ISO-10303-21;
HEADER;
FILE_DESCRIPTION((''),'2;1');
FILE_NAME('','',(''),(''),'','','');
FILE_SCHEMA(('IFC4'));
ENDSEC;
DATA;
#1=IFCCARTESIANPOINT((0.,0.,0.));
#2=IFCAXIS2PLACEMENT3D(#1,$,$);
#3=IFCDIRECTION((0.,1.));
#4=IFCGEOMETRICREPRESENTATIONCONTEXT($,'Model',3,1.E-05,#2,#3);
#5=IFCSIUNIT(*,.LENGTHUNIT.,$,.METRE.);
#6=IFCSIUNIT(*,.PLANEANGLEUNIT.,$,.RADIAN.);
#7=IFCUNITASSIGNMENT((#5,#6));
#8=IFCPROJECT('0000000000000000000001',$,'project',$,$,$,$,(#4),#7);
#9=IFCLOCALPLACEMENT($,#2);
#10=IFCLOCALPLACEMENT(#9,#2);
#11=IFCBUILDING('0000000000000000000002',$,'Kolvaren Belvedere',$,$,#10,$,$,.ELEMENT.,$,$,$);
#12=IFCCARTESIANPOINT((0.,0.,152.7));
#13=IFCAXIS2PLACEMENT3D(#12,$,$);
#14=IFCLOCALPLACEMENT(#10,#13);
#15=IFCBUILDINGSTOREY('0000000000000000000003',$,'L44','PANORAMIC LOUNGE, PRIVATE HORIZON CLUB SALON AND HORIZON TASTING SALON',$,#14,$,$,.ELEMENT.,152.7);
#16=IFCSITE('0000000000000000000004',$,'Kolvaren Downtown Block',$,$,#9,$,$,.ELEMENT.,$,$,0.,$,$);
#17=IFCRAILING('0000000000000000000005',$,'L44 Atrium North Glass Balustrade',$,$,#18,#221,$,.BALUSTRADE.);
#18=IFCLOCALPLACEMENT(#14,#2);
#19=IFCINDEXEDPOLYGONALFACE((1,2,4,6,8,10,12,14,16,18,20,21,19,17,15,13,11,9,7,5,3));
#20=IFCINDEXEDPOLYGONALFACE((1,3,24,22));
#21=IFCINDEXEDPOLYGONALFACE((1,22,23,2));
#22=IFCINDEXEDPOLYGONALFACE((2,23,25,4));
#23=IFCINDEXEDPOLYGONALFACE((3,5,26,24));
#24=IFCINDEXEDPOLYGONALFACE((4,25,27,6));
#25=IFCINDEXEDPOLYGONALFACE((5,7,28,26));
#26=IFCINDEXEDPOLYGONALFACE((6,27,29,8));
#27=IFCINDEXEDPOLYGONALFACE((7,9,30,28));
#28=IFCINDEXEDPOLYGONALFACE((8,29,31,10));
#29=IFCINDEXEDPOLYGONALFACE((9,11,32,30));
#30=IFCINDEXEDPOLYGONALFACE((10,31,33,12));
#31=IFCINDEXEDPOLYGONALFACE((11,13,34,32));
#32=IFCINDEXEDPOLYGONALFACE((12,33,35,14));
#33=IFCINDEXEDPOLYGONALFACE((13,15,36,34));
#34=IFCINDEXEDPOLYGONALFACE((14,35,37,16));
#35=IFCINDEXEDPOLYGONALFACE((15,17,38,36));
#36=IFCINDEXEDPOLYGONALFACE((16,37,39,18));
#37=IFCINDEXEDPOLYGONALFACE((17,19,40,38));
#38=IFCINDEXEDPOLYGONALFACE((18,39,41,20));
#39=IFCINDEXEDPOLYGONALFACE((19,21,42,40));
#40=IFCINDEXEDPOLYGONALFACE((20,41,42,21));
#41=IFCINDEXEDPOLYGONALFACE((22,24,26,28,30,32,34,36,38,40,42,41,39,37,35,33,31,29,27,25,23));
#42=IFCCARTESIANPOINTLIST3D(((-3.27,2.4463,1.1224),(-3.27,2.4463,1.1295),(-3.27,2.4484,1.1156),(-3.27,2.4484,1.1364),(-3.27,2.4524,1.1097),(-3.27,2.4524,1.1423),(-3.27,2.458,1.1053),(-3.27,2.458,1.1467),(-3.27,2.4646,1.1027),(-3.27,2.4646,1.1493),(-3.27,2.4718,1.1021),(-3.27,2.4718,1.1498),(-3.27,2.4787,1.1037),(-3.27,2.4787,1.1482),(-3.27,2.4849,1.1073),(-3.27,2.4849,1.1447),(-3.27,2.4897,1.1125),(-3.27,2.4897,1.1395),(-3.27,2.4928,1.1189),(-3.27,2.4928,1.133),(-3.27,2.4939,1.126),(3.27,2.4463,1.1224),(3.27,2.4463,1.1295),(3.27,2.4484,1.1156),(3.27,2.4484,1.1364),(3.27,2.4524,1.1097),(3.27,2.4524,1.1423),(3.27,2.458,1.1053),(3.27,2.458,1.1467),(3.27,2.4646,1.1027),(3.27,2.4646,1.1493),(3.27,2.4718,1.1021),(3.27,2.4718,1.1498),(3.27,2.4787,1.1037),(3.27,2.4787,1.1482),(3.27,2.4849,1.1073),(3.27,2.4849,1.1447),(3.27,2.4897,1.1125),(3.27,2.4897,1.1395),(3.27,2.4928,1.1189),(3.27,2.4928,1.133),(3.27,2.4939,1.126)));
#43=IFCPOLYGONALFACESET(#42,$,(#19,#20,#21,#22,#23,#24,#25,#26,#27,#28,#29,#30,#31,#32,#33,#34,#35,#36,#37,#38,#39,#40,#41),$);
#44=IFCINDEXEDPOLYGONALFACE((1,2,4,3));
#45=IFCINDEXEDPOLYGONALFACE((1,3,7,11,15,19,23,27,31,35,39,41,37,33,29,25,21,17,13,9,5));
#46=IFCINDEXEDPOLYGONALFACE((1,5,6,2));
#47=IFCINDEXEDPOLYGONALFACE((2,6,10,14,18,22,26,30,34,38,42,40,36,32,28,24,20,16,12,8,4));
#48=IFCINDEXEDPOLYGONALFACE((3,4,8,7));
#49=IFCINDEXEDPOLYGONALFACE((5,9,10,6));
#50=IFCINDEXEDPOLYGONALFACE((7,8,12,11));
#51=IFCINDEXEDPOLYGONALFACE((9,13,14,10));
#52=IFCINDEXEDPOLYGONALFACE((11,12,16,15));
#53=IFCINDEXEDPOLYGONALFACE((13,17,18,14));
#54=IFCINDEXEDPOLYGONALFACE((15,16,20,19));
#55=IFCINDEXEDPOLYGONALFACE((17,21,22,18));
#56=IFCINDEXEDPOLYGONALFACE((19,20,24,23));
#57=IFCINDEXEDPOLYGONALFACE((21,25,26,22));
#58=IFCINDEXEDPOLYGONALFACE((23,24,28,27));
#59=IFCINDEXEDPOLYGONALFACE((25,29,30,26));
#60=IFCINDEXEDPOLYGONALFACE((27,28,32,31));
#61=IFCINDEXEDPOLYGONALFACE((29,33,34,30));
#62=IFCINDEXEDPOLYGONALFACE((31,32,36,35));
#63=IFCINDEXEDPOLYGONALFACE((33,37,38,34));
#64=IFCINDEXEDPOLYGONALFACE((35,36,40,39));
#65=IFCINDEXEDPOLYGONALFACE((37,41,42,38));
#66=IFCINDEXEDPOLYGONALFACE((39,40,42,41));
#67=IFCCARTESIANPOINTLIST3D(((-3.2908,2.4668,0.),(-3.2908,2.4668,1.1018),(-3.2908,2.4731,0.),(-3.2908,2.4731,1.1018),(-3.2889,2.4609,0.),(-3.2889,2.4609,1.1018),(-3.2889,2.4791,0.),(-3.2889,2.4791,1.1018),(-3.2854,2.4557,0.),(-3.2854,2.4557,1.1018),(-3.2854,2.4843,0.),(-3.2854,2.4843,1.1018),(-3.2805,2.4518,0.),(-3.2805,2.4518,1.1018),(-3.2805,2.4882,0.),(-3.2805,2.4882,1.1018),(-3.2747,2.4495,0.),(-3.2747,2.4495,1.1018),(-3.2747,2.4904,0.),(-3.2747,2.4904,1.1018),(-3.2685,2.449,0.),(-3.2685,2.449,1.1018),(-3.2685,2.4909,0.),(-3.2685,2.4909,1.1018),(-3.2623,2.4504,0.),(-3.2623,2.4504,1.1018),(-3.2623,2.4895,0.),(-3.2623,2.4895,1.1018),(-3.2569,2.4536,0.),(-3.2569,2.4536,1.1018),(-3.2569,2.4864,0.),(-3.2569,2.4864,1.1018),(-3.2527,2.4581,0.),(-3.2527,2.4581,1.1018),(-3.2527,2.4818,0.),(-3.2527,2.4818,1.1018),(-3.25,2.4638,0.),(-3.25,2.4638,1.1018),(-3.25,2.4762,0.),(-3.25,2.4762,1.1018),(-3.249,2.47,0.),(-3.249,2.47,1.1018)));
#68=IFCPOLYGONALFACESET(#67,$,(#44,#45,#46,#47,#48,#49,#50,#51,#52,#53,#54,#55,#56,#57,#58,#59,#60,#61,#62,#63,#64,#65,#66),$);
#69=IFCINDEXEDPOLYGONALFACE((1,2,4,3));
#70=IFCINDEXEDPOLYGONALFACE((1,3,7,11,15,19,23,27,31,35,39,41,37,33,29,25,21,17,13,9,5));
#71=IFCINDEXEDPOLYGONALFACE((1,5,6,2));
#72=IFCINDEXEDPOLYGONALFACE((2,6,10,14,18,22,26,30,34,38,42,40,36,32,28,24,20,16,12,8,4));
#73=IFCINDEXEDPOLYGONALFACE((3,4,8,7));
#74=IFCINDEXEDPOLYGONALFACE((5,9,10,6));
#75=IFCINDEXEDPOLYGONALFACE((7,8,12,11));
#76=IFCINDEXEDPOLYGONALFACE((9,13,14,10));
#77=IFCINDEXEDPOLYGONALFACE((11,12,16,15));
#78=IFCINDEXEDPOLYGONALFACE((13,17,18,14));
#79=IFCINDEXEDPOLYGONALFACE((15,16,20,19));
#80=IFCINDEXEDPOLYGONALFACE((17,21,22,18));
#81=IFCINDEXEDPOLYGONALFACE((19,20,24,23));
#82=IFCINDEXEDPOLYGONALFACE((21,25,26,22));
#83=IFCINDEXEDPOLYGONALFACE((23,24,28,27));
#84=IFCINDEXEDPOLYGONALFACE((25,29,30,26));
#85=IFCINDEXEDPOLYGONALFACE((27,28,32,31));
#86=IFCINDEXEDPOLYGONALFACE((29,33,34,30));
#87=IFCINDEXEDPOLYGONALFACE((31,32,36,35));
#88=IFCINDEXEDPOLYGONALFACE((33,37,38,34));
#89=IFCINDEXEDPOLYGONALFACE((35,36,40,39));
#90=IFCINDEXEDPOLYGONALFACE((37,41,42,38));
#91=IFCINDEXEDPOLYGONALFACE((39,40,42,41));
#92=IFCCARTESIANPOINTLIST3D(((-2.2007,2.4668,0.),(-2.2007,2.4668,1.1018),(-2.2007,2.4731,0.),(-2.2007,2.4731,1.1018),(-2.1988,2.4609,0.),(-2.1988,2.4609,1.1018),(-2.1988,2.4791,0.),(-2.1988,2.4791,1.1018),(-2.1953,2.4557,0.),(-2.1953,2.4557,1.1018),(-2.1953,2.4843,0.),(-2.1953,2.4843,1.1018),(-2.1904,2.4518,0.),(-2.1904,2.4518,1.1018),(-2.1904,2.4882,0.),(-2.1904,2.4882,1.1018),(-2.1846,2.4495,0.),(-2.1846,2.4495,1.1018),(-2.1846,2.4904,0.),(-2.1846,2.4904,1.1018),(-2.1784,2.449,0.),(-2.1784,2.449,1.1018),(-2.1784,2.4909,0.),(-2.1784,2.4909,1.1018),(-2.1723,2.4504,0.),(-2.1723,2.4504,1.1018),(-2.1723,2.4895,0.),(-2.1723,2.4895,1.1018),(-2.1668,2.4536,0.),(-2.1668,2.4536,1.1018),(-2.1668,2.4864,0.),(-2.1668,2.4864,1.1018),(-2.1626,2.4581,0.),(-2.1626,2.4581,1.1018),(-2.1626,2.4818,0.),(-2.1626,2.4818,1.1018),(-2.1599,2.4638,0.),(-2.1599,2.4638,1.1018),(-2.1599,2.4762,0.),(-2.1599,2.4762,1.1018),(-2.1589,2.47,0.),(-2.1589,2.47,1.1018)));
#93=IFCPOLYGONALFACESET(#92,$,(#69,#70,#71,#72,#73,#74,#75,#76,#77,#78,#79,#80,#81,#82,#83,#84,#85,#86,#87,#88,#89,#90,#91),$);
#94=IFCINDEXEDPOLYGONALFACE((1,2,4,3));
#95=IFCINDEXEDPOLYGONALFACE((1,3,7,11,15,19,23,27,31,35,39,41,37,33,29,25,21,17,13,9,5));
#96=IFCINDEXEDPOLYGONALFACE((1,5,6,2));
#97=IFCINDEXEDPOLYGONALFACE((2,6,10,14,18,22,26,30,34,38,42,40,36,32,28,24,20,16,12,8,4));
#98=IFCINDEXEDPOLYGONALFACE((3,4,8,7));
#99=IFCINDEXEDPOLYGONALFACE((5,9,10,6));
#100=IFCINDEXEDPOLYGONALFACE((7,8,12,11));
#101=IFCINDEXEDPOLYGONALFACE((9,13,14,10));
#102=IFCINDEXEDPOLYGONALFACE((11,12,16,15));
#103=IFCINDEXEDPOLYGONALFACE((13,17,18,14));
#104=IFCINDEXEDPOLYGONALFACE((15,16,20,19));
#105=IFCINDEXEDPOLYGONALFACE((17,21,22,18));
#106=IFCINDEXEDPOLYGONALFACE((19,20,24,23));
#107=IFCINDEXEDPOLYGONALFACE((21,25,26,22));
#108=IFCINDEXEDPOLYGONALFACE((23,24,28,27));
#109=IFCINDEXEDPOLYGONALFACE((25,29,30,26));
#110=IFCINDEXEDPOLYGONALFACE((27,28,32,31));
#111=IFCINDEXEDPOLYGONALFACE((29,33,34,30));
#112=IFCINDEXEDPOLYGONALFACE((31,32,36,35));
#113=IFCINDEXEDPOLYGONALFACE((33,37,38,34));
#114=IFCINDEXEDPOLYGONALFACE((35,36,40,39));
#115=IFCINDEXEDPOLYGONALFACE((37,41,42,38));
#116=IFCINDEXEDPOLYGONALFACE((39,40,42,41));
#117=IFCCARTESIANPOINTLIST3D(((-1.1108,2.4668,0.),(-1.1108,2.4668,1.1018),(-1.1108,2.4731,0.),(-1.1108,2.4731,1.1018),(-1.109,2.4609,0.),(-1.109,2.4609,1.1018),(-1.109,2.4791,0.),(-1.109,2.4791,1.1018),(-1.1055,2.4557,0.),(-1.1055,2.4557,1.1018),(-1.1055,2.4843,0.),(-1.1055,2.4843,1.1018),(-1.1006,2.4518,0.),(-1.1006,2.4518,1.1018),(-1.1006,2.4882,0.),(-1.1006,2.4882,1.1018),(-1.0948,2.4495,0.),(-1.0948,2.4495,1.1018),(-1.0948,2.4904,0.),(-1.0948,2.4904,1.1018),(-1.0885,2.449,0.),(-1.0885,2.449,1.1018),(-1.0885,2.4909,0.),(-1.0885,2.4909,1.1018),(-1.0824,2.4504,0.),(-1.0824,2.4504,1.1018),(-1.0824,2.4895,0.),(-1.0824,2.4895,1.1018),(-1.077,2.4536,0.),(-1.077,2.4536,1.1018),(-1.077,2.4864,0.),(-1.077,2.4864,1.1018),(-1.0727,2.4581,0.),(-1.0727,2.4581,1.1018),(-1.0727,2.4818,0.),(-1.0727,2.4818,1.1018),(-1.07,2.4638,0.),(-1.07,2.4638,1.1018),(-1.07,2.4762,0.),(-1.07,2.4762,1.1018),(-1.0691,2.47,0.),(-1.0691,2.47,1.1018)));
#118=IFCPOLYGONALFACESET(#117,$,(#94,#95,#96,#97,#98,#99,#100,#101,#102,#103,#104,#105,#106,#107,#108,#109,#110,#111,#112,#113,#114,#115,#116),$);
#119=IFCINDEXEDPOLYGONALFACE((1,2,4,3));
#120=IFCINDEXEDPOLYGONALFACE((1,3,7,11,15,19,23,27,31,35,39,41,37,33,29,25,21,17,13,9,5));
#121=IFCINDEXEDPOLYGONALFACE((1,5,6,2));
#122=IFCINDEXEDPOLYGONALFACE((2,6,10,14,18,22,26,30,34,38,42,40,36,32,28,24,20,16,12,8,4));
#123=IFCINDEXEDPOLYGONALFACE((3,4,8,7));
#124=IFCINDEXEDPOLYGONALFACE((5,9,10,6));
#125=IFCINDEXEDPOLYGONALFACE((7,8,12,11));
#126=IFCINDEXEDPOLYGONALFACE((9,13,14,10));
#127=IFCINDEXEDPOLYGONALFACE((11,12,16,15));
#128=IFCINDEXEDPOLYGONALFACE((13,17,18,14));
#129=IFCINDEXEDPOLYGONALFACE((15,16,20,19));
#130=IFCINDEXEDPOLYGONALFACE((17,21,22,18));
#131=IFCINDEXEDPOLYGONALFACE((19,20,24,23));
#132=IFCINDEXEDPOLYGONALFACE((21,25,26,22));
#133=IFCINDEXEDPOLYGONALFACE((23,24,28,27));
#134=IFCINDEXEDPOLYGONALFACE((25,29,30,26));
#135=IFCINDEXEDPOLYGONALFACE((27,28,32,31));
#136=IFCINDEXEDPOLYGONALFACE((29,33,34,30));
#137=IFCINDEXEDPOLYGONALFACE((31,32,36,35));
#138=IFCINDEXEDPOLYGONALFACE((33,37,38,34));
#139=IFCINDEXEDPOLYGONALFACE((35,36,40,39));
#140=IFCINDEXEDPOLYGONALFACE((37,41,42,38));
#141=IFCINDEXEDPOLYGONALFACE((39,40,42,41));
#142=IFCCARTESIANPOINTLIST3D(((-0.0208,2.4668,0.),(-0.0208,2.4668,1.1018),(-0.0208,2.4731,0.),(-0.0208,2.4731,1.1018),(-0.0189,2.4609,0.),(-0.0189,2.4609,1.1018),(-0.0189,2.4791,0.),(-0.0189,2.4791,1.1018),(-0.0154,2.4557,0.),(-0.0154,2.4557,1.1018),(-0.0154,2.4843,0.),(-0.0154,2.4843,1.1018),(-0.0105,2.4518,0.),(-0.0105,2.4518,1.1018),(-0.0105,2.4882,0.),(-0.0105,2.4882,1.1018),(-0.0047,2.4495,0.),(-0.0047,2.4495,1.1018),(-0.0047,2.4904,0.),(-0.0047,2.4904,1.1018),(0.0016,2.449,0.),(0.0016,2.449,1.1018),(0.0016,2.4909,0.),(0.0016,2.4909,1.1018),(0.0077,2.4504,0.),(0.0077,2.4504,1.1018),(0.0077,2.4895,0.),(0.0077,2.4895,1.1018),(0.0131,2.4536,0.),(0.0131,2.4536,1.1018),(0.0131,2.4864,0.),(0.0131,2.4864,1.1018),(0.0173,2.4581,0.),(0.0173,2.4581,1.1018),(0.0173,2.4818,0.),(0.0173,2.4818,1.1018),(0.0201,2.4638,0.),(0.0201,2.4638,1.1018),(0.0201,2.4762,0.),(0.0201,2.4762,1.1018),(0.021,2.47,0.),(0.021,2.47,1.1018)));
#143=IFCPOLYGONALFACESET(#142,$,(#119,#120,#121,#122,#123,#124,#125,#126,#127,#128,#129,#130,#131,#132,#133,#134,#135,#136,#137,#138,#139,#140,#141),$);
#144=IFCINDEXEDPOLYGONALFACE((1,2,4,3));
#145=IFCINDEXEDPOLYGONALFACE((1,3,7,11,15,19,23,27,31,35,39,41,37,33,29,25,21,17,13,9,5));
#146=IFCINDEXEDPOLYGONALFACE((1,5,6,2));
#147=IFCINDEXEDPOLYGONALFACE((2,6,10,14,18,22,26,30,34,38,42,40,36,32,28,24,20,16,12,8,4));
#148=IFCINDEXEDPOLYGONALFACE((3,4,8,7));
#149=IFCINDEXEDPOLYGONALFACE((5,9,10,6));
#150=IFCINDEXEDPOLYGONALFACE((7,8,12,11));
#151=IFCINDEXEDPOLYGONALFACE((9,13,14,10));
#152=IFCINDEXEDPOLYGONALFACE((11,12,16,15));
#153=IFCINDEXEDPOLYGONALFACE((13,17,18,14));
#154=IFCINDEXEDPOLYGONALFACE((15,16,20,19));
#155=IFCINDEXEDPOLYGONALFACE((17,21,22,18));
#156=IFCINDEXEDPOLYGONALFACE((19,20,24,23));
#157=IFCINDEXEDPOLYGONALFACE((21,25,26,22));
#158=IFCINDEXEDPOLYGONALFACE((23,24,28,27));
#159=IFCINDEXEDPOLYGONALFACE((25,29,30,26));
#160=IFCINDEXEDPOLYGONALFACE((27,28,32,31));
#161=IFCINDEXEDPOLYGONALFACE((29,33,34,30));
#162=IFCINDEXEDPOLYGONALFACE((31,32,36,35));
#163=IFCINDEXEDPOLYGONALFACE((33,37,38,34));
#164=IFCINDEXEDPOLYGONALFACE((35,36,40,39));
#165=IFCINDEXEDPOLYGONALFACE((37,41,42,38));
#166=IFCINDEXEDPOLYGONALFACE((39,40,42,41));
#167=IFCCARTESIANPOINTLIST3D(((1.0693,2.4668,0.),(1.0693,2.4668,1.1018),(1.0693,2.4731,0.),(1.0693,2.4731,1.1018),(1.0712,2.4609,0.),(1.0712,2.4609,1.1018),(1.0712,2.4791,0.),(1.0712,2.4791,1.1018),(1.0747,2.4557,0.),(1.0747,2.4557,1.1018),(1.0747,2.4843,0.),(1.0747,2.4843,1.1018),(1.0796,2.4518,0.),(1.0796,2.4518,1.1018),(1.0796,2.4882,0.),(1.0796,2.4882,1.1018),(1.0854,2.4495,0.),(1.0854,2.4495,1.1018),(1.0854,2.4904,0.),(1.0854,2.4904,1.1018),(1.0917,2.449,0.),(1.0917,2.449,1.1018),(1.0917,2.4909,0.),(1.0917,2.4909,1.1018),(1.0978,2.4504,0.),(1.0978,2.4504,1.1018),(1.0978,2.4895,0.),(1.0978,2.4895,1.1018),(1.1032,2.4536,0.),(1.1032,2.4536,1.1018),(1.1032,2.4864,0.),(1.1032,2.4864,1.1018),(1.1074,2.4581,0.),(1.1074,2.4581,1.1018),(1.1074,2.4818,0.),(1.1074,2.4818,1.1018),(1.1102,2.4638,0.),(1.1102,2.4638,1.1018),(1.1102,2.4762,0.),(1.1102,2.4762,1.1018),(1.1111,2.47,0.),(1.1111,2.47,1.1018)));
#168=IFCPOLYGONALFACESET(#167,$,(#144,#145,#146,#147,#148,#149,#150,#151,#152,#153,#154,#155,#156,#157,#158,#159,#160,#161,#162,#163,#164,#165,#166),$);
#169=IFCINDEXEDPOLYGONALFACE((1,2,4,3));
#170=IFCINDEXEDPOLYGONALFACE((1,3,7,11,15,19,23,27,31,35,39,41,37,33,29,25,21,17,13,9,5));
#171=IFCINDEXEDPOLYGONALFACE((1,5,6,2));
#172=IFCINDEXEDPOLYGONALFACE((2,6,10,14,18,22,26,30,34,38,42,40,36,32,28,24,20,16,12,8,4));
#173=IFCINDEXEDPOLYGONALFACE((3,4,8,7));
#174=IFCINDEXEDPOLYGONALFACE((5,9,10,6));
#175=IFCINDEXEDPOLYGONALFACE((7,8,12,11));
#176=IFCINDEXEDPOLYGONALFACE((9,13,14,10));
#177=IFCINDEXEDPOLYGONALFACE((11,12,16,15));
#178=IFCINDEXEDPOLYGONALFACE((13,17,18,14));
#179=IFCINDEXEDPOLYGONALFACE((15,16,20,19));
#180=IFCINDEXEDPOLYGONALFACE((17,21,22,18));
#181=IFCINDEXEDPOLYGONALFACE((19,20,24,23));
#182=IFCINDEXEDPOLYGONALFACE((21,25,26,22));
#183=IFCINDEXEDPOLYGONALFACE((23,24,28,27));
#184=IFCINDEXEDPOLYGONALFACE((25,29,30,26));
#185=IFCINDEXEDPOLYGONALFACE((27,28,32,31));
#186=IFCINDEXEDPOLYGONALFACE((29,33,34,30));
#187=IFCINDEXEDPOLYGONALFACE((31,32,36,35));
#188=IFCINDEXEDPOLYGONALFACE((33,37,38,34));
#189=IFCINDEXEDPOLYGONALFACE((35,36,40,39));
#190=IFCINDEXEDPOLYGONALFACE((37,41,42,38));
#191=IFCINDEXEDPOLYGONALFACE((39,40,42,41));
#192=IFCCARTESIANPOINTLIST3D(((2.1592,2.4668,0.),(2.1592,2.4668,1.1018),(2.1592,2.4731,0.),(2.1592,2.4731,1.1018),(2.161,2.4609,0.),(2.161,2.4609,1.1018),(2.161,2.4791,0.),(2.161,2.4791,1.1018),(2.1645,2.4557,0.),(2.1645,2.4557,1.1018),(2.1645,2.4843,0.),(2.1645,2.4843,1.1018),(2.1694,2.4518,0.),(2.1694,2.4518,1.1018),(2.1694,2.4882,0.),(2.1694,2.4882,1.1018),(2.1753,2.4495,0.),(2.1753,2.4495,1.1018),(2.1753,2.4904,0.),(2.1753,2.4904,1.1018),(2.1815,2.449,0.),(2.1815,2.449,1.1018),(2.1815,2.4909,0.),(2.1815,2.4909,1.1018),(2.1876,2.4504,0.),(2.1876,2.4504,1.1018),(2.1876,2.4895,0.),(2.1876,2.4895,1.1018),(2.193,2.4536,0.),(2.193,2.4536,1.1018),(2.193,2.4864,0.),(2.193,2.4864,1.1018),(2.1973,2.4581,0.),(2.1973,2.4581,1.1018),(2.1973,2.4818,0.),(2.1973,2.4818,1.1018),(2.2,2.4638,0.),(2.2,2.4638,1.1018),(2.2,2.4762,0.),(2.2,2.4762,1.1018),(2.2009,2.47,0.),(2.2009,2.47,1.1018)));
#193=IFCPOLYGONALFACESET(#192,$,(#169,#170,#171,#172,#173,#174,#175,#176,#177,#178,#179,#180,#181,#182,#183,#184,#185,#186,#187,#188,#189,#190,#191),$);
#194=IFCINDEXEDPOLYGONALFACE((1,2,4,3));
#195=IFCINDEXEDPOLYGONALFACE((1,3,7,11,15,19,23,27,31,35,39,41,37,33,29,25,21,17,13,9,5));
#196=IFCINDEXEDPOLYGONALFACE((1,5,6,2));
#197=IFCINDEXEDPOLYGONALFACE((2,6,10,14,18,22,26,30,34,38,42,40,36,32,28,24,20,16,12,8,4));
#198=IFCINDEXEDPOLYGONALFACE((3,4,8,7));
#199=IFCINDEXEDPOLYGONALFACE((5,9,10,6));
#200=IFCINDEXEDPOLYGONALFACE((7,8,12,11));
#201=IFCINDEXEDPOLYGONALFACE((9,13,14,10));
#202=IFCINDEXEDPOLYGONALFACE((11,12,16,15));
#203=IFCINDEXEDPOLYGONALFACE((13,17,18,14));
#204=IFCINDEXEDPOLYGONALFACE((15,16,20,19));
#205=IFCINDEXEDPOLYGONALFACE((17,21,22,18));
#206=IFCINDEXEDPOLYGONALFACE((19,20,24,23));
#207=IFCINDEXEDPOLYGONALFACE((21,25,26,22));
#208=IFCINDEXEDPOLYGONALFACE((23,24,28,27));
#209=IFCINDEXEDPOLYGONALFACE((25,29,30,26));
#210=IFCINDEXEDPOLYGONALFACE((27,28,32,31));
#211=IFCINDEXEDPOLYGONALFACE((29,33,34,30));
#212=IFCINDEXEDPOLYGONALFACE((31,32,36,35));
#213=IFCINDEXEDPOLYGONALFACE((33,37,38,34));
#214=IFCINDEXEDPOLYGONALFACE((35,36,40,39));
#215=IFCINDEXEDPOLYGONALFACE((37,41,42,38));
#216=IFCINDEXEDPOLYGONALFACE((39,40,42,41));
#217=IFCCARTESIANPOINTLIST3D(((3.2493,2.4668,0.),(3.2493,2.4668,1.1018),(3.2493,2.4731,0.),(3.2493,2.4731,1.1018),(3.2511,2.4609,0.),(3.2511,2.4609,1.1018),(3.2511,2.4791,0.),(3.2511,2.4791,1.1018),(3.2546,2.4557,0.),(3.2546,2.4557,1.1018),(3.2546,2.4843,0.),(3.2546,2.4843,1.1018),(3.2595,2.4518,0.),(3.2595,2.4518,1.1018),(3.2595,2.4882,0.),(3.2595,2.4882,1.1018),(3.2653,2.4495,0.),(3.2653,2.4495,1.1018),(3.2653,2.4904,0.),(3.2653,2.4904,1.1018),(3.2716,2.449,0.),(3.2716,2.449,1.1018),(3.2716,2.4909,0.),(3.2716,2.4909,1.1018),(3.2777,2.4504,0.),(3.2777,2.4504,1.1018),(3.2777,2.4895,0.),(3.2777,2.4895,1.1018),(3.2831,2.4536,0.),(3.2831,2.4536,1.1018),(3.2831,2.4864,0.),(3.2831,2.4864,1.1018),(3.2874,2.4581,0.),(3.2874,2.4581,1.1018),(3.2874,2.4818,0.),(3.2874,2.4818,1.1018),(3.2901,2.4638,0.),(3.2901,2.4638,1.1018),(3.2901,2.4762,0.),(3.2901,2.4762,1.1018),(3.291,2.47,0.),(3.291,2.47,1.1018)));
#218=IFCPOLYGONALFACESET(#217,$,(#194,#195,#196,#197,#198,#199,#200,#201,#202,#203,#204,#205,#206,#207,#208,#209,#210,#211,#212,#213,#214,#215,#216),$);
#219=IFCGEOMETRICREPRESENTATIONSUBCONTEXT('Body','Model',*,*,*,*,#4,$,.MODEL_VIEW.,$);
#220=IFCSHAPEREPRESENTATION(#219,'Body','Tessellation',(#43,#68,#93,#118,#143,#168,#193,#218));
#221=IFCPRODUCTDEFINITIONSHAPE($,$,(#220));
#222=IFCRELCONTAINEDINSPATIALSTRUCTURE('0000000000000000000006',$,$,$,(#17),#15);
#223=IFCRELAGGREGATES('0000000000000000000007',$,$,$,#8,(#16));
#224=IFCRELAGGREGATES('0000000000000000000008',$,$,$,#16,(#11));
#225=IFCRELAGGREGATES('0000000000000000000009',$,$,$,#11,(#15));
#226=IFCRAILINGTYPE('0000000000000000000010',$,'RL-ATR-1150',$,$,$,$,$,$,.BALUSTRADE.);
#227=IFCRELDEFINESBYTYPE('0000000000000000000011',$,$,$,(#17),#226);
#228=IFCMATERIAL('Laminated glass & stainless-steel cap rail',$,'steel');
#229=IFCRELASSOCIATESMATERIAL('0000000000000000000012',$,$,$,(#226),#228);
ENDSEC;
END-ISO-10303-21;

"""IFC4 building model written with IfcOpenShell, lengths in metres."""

from ifc_helpers import new_model, si_unit, direction, frame, origin, origin_2d, place, context, subcontext, project, spatial, circle, extrude, material, type_object, element, save


model = new_model("IFC4")

# Units and contexts
model_context = context("Model", 3, precision=1e-05, world=origin(), true_north=direction((0.0, 1.0)))
body_context = subcontext(model_context, "Body", "Model", "MODEL_VIEW")
ifc_project = project(units=[si_unit("LENGTHUNIT", "METRE"), si_unit("PLANEANGLEUNIT", "RADIAN")], contexts=[model_context])

# Site, building, storey
site_placement = place(None, origin())
site = spatial("IfcSite", under=ifc_project, at=site_placement, Name="Kolvaren Downtown Block", CompositionType="ELEMENT", RefElevation=0.0)
building_placement = place(site_placement, origin())
building = spatial("IfcBuilding", under=site, at=building_placement, Name="Kolvaren Belvedere", CompositionType="ELEMENT")
storey_placement = place(building_placement, frame((0.0, 0.0, 152.7)))
storey = spatial("IfcBuildingStorey", under=building, at=storey_placement, Name="L44", Description="PANORAMIC LOUNGE, PRIVATE HORIZON CLUB SALON AND HORIZON TASTING SALON", CompositionType="ELEMENT", Elevation=152.7)

# Railing
ifc_material_1 = material(Name="Laminated glass & stainless-steel cap rail", Category="steel")
railing_type_1 = type_object("IfcRailingType", Name="RL-ATR-1150", PredefinedType="BALUSTRADE", material=ifc_material_1)
railing_1_placement = place(storey_placement, frame((-3.27, 2.47, 0.0)))
element("IfcRailing", 1, at=railing_1_placement, inside=storey, type_object=railing_type_1, Name="L44 Atrium North Glass Balustrade", PredefinedType="BALUSTRADE", context=body_context, shape_type="SweptSolid", body=[
    extrude(circle(Radius=0.0239, at=origin_2d()), frame((0.0, 0.0, 1.126), z_axis=(1.0, 0.0, 0.0), x_axis=(0.0, 1.0, 0.0)), (0.0, 0.0, 1.0), 6.54),
    extrude(circle(Radius=0.021, at=origin_2d()), origin(), (0.0, 0.0, 1.0), 1.1018),
    extrude(circle(Radius=0.021, at=origin_2d()), frame((1.0901, 0.0, 0.0)), (0.0, 0.0, 1.0), 1.1018),
    extrude(circle(Radius=0.021, at=origin_2d()), frame((2.1799, 0.0, 0.0)), (0.0, 0.0, 1.0), 1.1018),
    extrude(circle(Radius=0.021, at=origin_2d()), frame((3.27, 0.0, 0.0)), (0.0, 0.0, 1.0), 1.1018),
    extrude(circle(Radius=0.021, at=origin_2d()), frame((4.3601, 0.0, 0.0)), (0.0, 0.0, 1.0), 1.1018),
    extrude(circle(Radius=0.021, at=origin_2d()), frame((5.45, 0.0, 0.0)), (0.0, 0.0, 1.0), 1.1018),
    extrude(circle(Radius=0.021, at=origin_2d()), frame((6.54, 0.0, 0.0)), (0.0, 0.0, 1.0), 1.1018),
])

save(model, "model.ifc")
